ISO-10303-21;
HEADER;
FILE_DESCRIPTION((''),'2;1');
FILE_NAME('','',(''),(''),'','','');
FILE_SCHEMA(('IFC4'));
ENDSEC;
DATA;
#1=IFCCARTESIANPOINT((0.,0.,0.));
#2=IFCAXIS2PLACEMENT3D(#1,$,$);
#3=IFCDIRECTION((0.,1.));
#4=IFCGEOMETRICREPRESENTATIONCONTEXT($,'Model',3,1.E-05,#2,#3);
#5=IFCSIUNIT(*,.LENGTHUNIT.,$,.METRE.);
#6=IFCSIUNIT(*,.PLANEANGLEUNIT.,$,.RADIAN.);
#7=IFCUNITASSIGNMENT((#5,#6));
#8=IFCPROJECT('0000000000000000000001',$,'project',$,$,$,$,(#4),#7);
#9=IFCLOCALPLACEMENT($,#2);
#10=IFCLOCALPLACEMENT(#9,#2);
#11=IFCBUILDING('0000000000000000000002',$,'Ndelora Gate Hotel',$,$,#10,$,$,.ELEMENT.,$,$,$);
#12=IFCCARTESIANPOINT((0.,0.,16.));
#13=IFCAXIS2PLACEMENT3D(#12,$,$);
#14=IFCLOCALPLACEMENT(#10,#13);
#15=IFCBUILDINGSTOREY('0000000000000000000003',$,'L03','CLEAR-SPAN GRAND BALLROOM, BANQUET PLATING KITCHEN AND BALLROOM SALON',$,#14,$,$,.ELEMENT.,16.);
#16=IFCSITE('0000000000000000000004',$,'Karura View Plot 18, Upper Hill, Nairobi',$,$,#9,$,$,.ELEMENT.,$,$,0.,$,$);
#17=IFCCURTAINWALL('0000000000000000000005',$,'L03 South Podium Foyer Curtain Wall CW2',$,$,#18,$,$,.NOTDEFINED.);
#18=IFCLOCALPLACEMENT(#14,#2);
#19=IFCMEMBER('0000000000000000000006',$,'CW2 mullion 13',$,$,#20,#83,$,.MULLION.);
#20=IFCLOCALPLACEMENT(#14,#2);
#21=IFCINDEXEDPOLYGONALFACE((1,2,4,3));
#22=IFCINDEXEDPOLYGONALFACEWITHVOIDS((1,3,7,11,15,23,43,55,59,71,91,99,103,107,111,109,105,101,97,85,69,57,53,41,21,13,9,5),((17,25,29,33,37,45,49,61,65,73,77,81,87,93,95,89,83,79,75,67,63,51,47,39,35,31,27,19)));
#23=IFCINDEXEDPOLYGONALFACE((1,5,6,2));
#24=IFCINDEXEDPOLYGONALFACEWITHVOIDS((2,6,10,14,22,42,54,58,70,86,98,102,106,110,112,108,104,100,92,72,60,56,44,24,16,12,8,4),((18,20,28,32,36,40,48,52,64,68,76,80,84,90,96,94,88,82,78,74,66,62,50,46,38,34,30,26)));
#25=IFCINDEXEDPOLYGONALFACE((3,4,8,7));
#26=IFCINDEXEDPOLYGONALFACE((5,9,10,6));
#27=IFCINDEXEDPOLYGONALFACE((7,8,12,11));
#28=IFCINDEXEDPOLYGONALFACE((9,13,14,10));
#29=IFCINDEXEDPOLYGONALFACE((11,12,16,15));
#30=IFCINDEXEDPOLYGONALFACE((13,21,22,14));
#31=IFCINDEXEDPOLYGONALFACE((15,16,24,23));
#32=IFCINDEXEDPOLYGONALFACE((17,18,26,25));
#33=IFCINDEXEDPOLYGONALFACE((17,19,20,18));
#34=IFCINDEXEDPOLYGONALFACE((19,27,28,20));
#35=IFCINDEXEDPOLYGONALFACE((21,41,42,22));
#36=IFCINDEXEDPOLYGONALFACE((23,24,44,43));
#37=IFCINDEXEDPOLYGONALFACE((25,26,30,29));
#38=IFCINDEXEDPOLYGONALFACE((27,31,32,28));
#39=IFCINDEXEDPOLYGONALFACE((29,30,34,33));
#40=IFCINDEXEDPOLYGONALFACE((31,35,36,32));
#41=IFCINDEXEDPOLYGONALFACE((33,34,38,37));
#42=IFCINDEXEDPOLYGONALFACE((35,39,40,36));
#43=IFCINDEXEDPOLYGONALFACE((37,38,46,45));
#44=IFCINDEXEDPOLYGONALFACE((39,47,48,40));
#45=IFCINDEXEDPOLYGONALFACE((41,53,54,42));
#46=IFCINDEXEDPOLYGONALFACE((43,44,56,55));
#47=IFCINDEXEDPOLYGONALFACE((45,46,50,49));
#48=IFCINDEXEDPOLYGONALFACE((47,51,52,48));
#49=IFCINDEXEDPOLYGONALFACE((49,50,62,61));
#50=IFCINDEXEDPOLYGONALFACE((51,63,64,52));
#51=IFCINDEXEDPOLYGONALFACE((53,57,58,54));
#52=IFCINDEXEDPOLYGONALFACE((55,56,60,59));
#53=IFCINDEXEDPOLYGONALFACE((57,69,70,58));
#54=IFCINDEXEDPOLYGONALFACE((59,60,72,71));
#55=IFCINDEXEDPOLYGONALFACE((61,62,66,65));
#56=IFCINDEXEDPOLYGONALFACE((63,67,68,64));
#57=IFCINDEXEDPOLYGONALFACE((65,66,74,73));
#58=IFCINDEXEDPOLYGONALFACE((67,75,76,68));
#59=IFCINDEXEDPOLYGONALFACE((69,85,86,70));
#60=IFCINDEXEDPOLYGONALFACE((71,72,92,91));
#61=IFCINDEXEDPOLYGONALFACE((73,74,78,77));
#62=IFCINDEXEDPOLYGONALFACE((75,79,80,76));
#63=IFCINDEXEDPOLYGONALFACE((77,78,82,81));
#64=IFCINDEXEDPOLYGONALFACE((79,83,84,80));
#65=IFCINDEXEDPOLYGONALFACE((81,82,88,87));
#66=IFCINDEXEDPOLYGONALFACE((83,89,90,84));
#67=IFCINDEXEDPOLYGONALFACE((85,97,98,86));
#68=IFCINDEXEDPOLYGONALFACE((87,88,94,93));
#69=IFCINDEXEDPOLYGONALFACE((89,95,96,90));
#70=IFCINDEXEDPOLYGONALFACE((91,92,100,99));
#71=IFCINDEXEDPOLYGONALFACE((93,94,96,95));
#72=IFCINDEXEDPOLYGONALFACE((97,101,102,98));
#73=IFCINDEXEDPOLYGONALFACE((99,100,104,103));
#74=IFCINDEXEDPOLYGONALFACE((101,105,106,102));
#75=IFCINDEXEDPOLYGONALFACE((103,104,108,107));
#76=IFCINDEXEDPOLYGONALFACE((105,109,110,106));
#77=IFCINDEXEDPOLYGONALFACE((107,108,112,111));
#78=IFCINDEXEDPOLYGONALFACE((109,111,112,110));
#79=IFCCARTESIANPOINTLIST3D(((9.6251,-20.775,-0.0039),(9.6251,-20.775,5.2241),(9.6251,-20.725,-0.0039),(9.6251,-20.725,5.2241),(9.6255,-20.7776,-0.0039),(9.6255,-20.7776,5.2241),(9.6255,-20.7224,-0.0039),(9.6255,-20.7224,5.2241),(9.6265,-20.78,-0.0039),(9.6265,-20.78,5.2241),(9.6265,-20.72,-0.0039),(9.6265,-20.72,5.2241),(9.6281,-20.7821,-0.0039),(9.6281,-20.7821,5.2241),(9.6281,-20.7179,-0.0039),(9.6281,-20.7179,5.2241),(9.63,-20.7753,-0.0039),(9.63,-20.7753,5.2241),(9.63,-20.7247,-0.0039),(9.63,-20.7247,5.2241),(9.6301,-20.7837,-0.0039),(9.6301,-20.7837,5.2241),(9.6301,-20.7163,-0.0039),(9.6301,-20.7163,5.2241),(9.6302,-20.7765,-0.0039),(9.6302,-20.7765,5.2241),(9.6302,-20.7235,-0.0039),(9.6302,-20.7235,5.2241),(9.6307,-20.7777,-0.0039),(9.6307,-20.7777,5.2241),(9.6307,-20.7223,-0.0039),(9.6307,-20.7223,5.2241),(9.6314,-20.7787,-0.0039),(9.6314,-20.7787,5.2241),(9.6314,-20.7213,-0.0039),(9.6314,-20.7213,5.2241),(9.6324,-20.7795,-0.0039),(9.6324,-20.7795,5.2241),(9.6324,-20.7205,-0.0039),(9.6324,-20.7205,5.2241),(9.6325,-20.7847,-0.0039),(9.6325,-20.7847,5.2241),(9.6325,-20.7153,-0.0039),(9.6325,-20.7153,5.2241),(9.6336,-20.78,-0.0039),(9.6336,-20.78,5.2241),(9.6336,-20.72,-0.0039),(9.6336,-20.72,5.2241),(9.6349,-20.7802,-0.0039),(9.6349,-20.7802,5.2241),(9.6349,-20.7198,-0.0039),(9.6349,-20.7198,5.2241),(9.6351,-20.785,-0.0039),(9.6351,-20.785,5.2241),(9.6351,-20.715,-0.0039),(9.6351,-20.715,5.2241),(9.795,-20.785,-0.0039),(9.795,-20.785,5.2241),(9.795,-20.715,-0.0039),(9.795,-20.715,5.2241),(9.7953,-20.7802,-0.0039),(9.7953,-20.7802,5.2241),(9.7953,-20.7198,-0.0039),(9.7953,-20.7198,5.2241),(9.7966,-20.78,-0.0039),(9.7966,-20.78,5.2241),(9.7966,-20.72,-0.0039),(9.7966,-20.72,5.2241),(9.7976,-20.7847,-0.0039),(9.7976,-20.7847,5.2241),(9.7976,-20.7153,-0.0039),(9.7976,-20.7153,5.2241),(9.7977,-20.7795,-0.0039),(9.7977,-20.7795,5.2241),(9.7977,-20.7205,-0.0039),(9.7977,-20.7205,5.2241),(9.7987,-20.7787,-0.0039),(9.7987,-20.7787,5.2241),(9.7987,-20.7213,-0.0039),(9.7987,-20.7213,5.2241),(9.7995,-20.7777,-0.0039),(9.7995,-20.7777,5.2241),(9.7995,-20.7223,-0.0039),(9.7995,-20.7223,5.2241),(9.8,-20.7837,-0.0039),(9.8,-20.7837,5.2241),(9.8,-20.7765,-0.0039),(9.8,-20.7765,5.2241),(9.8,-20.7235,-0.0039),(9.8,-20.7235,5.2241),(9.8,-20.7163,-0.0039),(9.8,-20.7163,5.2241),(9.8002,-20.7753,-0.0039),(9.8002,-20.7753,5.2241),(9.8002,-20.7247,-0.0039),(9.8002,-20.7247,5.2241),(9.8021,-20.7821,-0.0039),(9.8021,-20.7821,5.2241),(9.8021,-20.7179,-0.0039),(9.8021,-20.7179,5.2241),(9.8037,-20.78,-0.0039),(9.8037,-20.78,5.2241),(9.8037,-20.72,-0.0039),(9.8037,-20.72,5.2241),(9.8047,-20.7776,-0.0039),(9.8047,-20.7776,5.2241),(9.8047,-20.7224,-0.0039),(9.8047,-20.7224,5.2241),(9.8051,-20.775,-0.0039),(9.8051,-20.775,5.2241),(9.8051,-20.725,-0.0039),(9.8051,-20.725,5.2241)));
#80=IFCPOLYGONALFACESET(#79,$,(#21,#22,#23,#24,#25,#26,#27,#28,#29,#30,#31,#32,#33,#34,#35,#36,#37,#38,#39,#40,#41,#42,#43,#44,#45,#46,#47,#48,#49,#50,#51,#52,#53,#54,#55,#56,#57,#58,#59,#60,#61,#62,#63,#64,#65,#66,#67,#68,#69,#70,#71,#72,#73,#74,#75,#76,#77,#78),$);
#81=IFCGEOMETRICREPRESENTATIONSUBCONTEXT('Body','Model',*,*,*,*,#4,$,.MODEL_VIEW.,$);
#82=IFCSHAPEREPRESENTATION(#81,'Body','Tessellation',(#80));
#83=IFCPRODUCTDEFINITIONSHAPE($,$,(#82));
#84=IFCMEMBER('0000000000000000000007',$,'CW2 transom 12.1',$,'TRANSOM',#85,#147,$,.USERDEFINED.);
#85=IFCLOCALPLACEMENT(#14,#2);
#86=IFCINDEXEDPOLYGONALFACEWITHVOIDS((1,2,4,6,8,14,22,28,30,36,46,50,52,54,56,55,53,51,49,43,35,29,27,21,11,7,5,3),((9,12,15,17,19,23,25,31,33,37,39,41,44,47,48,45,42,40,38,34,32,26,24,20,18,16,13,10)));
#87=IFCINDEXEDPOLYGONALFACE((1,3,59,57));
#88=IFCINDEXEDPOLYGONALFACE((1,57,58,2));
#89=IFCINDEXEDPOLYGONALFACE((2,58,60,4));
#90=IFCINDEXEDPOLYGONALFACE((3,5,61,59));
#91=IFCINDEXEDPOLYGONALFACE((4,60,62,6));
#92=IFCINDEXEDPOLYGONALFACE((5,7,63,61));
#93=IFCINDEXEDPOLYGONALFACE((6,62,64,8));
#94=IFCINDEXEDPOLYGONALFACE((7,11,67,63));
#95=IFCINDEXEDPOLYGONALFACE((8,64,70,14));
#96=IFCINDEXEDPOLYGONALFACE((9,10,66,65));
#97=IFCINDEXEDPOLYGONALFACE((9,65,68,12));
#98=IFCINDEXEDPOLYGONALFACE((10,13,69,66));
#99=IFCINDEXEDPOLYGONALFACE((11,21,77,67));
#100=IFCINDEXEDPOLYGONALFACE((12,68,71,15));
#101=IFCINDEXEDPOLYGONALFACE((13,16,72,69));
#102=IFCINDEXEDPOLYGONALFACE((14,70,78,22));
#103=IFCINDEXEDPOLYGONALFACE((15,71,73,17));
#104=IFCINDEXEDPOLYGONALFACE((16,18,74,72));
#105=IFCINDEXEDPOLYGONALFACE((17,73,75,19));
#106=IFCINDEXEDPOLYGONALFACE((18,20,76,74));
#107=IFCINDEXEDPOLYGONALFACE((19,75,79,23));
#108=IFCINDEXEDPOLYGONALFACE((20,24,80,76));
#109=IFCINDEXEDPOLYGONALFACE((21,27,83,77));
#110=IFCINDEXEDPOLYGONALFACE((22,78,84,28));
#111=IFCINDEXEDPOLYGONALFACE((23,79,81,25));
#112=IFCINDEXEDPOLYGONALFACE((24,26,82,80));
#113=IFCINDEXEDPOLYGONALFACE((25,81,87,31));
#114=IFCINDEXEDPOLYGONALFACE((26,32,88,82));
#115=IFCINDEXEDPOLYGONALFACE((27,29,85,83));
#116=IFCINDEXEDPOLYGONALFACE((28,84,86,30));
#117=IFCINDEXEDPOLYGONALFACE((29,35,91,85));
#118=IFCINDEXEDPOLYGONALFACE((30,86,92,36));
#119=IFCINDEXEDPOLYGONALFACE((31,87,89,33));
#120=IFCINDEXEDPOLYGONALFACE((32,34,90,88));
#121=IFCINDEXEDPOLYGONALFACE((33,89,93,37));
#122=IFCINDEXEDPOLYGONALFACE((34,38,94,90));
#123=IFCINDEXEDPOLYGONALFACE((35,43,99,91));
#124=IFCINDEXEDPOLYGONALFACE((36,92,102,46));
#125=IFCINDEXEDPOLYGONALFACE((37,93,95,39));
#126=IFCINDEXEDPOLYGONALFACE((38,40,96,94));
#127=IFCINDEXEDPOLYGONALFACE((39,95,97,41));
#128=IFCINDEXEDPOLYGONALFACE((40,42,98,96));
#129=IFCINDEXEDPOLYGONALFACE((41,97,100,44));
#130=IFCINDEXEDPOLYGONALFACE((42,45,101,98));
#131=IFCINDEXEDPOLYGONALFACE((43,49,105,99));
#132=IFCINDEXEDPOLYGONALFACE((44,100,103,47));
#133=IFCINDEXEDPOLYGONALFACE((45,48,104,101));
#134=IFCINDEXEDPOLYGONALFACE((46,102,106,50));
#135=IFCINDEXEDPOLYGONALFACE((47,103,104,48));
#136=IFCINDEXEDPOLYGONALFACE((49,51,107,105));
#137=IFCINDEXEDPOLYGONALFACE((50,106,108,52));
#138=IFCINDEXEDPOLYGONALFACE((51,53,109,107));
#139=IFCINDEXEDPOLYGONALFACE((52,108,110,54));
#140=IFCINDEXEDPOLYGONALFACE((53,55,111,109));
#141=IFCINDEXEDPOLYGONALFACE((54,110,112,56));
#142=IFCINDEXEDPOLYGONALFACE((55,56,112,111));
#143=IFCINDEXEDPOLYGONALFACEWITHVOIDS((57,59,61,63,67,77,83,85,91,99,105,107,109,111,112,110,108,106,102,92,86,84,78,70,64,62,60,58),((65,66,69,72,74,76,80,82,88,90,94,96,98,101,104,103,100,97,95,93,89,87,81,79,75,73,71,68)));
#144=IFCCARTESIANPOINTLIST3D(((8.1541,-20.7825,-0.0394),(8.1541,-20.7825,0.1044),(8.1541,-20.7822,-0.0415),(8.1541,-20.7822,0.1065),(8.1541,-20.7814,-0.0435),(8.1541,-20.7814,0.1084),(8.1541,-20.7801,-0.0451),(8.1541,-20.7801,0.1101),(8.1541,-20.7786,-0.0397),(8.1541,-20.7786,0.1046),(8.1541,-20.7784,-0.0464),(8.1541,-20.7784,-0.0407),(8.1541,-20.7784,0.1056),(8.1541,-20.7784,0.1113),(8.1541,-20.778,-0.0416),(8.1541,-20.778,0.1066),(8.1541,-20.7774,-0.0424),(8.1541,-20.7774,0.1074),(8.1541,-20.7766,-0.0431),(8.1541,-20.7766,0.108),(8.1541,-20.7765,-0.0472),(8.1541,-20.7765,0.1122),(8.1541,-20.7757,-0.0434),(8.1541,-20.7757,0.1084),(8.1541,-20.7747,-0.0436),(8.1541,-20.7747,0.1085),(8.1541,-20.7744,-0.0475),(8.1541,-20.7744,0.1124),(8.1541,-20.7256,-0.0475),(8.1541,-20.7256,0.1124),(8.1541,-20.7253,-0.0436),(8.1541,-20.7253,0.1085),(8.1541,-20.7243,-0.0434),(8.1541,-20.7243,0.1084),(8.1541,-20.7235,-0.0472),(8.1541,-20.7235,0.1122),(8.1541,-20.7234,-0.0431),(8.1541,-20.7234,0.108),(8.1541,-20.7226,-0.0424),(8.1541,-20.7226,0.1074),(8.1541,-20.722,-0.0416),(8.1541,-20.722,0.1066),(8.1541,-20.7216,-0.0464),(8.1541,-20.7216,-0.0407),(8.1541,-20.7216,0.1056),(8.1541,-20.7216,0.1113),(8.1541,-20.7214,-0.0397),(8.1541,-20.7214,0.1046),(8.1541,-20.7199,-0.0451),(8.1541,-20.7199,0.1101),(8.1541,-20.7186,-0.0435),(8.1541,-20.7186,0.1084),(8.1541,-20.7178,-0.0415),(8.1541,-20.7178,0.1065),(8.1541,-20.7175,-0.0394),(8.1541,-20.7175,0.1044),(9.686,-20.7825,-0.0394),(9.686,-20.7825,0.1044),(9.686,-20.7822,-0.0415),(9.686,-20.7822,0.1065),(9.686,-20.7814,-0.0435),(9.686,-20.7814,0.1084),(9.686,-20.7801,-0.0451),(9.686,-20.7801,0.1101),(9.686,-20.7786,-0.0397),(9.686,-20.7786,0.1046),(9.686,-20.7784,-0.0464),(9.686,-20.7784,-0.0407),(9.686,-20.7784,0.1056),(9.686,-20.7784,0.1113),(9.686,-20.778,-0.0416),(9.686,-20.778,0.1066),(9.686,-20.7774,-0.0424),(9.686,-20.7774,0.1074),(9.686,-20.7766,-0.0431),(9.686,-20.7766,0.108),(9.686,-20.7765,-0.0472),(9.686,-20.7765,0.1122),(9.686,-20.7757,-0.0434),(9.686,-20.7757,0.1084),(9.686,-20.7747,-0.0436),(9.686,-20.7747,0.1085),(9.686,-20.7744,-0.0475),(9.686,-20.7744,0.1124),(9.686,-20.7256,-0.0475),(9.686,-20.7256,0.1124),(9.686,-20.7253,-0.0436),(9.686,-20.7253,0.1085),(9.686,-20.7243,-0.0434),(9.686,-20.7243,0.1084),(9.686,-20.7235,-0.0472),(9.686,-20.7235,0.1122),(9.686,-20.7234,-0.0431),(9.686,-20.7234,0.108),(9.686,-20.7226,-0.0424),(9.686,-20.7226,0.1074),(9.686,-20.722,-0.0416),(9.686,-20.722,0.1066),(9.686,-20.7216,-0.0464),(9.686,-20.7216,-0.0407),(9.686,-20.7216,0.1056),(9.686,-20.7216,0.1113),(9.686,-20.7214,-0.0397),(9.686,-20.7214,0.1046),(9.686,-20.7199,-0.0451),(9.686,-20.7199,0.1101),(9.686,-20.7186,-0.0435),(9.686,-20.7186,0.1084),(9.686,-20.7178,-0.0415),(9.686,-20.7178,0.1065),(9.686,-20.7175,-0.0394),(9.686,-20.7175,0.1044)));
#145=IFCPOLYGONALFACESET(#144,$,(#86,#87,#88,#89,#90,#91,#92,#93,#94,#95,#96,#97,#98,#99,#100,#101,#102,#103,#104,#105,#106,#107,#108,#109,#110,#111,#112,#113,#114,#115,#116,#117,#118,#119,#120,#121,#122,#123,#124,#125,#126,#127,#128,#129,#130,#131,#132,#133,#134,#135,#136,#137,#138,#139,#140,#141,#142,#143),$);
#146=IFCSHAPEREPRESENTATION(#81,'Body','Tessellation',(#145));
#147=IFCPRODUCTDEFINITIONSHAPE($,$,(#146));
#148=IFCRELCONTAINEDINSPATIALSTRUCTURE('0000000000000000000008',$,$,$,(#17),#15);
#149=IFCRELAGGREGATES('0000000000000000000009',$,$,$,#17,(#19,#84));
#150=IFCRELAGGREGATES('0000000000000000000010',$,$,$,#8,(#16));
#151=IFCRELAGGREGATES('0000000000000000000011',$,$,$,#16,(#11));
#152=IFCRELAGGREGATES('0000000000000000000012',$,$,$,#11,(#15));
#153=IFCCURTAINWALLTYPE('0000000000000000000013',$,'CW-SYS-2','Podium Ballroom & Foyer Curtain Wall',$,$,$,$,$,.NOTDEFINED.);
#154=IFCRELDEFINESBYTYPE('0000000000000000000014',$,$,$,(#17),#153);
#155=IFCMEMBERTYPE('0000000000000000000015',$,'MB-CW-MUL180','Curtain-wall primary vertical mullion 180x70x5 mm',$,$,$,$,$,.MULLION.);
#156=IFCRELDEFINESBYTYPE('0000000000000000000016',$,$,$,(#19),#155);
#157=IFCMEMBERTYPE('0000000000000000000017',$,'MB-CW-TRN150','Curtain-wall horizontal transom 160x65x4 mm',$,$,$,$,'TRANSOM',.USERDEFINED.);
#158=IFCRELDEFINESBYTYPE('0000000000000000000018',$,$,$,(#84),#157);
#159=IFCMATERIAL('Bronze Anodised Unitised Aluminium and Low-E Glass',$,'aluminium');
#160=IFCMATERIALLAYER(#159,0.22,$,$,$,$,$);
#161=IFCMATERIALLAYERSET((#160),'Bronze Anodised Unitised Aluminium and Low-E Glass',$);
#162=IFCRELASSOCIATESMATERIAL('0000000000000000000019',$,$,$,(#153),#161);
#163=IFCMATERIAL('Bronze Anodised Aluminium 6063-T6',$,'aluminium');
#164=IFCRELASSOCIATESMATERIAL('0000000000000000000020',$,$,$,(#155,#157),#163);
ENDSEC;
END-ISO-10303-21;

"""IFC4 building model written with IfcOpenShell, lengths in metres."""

from ifc_helpers import new_model, si_unit, direction, frame, origin, origin_2d, place, context, subcontext, project, spatial, hollow_rectangle, extrude, material, layer, layer_set, material_profile, profile_set, type_object, element, aggregate, save


model = new_model("IFC4")

# Units and contexts
model_context = context("Model", 3, precision=1e-05, world=origin(), true_north=direction((0.0, 1.0)))
body_context = subcontext(model_context, "Body", "Model", "MODEL_VIEW")
ifc_project = project(units=[si_unit("LENGTHUNIT", "METRE"), si_unit("PLANEANGLEUNIT", "RADIAN")], contexts=[model_context])

# Site, building, storey
site_placement = place(None, origin())
site = spatial("IfcSite", under=ifc_project, at=site_placement, Name="Karura View Plot 18, Upper Hill, Nairobi", CompositionType="ELEMENT", RefElevation=0.0)
building_placement = place(site_placement, origin())
building = spatial("IfcBuilding", under=site, at=building_placement, Name="Ndelora Gate Hotel", CompositionType="ELEMENT")
storey_placement = place(building_placement, frame((0.0, 0.0, 16.0)))
storey = spatial("IfcBuildingStorey", under=building, at=storey_placement, Name="L03", Description="CLEAR-SPAN GRAND BALLROOM, BANQUET PLATING KITCHEN AND BALLROOM SALON", CompositionType="ELEMENT", Elevation=16.0)

# Curtain wall, members
ifc_material_1 = material(Name="Bronze Anodised Unitised Aluminium and Low-E Glass", Category="aluminium")
ifc_layer_1 = layer(ifc_material_1, 0.22)
ifc_layer_set_1 = layer_set([ifc_layer_1], Name="Bronze Anodised Unitised Aluminium and Low-E Glass")
curtain_wall_type = type_object("IfcCurtainWallType", Name="CW-SYS-2", Description="Podium Ballroom & Foyer Curtain Wall", PredefinedType="NOTDEFINED", material=ifc_layer_set_1)
curtain_wall_placement = place(storey_placement, origin())
curtain_wall = element("IfcCurtainWall", 1, at=curtain_wall_placement, inside=storey, type_object=curtain_wall_type, Name="L03 South Podium Foyer Curtain Wall CW2", PredefinedType="NOTDEFINED")
ifc_material_2 = material(Name="Bronze Anodised Aluminium 6063-T6", Category="aluminium")
ifc_material_profile_1 = material_profile(ifc_material_2, hollow_rectangle(XDim=0.0701, YDim=0.1799, WallThickness=0.0049, InnerFilletRadius=0.0049, OuterFilletRadius=0.01, at=origin_2d()), Name="ALU 180x70x5")
ifc_profile_set_1 = profile_set([ifc_material_profile_1], Name="Bronze Anodised Aluminium 6063-T6")
member_type_1 = type_object("IfcMemberType", Name="MB-CW-MUL180", Description="Curtain-wall primary vertical mullion 180x70x5 mm", PredefinedType="MULLION", material=ifc_profile_set_1)
member_1_placement = place(storey_placement, frame((9.7151, -20.75, -0.0039), z_axis=(0.0, 0.0, 1.0), x_axis=(0.0, 1.0, 0.0)))
member_1 = element("IfcMember", 2, at=member_1_placement, type_object=member_type_1, Name="CW2 mullion 13", PredefinedType="MULLION", context=body_context, shape_type="SweptSolid", body=[
    extrude(hollow_rectangle(XDim=0.0701, YDim=0.1799, WallThickness=0.0049, InnerFilletRadius=0.0049, OuterFilletRadius=0.01, at=origin_2d()), origin(), (0.0, 0.0, 1.0), 5.228),
])
ifc_material_profile_2 = material_profile(ifc_material_2, hollow_rectangle(XDim=0.0649, YDim=0.1599, WallThickness=0.0039, InnerFilletRadius=0.0039, OuterFilletRadius=0.0081, at=origin_2d()), Name="ALU 160x65x4")
ifc_profile_set_2 = profile_set([ifc_material_profile_2], Name="Bronze Anodised Aluminium 6063-T6")
member_type_2 = type_object("IfcMemberType", Name="MB-CW-TRN150", Description="Curtain-wall horizontal transom 160x65x4 mm", ElementType="TRANSOM", PredefinedType="USERDEFINED", material=ifc_profile_set_2)
member_2_placement = place(storey_placement, frame((8.1541, -20.75, 0.0325), z_axis=(1.0, 0.0, 0.0), x_axis=(0.0, 1.0, 0.0)))
member_2 = element("IfcMember", 3, at=member_2_placement, type_object=member_type_2, Name="CW2 transom 12.1", ObjectType="TRANSOM", PredefinedType="USERDEFINED", context=body_context, shape_type="SweptSolid", body=[
    extrude(hollow_rectangle(XDim=0.0649, YDim=0.1599, WallThickness=0.0039, InnerFilletRadius=0.0039, OuterFilletRadius=0.0081, at=origin_2d()), origin(), (0.0, 0.0, 1.0), 1.532),
])
aggregate(curtain_wall, [member_1, member_2])

save(model, "model.ifc")
